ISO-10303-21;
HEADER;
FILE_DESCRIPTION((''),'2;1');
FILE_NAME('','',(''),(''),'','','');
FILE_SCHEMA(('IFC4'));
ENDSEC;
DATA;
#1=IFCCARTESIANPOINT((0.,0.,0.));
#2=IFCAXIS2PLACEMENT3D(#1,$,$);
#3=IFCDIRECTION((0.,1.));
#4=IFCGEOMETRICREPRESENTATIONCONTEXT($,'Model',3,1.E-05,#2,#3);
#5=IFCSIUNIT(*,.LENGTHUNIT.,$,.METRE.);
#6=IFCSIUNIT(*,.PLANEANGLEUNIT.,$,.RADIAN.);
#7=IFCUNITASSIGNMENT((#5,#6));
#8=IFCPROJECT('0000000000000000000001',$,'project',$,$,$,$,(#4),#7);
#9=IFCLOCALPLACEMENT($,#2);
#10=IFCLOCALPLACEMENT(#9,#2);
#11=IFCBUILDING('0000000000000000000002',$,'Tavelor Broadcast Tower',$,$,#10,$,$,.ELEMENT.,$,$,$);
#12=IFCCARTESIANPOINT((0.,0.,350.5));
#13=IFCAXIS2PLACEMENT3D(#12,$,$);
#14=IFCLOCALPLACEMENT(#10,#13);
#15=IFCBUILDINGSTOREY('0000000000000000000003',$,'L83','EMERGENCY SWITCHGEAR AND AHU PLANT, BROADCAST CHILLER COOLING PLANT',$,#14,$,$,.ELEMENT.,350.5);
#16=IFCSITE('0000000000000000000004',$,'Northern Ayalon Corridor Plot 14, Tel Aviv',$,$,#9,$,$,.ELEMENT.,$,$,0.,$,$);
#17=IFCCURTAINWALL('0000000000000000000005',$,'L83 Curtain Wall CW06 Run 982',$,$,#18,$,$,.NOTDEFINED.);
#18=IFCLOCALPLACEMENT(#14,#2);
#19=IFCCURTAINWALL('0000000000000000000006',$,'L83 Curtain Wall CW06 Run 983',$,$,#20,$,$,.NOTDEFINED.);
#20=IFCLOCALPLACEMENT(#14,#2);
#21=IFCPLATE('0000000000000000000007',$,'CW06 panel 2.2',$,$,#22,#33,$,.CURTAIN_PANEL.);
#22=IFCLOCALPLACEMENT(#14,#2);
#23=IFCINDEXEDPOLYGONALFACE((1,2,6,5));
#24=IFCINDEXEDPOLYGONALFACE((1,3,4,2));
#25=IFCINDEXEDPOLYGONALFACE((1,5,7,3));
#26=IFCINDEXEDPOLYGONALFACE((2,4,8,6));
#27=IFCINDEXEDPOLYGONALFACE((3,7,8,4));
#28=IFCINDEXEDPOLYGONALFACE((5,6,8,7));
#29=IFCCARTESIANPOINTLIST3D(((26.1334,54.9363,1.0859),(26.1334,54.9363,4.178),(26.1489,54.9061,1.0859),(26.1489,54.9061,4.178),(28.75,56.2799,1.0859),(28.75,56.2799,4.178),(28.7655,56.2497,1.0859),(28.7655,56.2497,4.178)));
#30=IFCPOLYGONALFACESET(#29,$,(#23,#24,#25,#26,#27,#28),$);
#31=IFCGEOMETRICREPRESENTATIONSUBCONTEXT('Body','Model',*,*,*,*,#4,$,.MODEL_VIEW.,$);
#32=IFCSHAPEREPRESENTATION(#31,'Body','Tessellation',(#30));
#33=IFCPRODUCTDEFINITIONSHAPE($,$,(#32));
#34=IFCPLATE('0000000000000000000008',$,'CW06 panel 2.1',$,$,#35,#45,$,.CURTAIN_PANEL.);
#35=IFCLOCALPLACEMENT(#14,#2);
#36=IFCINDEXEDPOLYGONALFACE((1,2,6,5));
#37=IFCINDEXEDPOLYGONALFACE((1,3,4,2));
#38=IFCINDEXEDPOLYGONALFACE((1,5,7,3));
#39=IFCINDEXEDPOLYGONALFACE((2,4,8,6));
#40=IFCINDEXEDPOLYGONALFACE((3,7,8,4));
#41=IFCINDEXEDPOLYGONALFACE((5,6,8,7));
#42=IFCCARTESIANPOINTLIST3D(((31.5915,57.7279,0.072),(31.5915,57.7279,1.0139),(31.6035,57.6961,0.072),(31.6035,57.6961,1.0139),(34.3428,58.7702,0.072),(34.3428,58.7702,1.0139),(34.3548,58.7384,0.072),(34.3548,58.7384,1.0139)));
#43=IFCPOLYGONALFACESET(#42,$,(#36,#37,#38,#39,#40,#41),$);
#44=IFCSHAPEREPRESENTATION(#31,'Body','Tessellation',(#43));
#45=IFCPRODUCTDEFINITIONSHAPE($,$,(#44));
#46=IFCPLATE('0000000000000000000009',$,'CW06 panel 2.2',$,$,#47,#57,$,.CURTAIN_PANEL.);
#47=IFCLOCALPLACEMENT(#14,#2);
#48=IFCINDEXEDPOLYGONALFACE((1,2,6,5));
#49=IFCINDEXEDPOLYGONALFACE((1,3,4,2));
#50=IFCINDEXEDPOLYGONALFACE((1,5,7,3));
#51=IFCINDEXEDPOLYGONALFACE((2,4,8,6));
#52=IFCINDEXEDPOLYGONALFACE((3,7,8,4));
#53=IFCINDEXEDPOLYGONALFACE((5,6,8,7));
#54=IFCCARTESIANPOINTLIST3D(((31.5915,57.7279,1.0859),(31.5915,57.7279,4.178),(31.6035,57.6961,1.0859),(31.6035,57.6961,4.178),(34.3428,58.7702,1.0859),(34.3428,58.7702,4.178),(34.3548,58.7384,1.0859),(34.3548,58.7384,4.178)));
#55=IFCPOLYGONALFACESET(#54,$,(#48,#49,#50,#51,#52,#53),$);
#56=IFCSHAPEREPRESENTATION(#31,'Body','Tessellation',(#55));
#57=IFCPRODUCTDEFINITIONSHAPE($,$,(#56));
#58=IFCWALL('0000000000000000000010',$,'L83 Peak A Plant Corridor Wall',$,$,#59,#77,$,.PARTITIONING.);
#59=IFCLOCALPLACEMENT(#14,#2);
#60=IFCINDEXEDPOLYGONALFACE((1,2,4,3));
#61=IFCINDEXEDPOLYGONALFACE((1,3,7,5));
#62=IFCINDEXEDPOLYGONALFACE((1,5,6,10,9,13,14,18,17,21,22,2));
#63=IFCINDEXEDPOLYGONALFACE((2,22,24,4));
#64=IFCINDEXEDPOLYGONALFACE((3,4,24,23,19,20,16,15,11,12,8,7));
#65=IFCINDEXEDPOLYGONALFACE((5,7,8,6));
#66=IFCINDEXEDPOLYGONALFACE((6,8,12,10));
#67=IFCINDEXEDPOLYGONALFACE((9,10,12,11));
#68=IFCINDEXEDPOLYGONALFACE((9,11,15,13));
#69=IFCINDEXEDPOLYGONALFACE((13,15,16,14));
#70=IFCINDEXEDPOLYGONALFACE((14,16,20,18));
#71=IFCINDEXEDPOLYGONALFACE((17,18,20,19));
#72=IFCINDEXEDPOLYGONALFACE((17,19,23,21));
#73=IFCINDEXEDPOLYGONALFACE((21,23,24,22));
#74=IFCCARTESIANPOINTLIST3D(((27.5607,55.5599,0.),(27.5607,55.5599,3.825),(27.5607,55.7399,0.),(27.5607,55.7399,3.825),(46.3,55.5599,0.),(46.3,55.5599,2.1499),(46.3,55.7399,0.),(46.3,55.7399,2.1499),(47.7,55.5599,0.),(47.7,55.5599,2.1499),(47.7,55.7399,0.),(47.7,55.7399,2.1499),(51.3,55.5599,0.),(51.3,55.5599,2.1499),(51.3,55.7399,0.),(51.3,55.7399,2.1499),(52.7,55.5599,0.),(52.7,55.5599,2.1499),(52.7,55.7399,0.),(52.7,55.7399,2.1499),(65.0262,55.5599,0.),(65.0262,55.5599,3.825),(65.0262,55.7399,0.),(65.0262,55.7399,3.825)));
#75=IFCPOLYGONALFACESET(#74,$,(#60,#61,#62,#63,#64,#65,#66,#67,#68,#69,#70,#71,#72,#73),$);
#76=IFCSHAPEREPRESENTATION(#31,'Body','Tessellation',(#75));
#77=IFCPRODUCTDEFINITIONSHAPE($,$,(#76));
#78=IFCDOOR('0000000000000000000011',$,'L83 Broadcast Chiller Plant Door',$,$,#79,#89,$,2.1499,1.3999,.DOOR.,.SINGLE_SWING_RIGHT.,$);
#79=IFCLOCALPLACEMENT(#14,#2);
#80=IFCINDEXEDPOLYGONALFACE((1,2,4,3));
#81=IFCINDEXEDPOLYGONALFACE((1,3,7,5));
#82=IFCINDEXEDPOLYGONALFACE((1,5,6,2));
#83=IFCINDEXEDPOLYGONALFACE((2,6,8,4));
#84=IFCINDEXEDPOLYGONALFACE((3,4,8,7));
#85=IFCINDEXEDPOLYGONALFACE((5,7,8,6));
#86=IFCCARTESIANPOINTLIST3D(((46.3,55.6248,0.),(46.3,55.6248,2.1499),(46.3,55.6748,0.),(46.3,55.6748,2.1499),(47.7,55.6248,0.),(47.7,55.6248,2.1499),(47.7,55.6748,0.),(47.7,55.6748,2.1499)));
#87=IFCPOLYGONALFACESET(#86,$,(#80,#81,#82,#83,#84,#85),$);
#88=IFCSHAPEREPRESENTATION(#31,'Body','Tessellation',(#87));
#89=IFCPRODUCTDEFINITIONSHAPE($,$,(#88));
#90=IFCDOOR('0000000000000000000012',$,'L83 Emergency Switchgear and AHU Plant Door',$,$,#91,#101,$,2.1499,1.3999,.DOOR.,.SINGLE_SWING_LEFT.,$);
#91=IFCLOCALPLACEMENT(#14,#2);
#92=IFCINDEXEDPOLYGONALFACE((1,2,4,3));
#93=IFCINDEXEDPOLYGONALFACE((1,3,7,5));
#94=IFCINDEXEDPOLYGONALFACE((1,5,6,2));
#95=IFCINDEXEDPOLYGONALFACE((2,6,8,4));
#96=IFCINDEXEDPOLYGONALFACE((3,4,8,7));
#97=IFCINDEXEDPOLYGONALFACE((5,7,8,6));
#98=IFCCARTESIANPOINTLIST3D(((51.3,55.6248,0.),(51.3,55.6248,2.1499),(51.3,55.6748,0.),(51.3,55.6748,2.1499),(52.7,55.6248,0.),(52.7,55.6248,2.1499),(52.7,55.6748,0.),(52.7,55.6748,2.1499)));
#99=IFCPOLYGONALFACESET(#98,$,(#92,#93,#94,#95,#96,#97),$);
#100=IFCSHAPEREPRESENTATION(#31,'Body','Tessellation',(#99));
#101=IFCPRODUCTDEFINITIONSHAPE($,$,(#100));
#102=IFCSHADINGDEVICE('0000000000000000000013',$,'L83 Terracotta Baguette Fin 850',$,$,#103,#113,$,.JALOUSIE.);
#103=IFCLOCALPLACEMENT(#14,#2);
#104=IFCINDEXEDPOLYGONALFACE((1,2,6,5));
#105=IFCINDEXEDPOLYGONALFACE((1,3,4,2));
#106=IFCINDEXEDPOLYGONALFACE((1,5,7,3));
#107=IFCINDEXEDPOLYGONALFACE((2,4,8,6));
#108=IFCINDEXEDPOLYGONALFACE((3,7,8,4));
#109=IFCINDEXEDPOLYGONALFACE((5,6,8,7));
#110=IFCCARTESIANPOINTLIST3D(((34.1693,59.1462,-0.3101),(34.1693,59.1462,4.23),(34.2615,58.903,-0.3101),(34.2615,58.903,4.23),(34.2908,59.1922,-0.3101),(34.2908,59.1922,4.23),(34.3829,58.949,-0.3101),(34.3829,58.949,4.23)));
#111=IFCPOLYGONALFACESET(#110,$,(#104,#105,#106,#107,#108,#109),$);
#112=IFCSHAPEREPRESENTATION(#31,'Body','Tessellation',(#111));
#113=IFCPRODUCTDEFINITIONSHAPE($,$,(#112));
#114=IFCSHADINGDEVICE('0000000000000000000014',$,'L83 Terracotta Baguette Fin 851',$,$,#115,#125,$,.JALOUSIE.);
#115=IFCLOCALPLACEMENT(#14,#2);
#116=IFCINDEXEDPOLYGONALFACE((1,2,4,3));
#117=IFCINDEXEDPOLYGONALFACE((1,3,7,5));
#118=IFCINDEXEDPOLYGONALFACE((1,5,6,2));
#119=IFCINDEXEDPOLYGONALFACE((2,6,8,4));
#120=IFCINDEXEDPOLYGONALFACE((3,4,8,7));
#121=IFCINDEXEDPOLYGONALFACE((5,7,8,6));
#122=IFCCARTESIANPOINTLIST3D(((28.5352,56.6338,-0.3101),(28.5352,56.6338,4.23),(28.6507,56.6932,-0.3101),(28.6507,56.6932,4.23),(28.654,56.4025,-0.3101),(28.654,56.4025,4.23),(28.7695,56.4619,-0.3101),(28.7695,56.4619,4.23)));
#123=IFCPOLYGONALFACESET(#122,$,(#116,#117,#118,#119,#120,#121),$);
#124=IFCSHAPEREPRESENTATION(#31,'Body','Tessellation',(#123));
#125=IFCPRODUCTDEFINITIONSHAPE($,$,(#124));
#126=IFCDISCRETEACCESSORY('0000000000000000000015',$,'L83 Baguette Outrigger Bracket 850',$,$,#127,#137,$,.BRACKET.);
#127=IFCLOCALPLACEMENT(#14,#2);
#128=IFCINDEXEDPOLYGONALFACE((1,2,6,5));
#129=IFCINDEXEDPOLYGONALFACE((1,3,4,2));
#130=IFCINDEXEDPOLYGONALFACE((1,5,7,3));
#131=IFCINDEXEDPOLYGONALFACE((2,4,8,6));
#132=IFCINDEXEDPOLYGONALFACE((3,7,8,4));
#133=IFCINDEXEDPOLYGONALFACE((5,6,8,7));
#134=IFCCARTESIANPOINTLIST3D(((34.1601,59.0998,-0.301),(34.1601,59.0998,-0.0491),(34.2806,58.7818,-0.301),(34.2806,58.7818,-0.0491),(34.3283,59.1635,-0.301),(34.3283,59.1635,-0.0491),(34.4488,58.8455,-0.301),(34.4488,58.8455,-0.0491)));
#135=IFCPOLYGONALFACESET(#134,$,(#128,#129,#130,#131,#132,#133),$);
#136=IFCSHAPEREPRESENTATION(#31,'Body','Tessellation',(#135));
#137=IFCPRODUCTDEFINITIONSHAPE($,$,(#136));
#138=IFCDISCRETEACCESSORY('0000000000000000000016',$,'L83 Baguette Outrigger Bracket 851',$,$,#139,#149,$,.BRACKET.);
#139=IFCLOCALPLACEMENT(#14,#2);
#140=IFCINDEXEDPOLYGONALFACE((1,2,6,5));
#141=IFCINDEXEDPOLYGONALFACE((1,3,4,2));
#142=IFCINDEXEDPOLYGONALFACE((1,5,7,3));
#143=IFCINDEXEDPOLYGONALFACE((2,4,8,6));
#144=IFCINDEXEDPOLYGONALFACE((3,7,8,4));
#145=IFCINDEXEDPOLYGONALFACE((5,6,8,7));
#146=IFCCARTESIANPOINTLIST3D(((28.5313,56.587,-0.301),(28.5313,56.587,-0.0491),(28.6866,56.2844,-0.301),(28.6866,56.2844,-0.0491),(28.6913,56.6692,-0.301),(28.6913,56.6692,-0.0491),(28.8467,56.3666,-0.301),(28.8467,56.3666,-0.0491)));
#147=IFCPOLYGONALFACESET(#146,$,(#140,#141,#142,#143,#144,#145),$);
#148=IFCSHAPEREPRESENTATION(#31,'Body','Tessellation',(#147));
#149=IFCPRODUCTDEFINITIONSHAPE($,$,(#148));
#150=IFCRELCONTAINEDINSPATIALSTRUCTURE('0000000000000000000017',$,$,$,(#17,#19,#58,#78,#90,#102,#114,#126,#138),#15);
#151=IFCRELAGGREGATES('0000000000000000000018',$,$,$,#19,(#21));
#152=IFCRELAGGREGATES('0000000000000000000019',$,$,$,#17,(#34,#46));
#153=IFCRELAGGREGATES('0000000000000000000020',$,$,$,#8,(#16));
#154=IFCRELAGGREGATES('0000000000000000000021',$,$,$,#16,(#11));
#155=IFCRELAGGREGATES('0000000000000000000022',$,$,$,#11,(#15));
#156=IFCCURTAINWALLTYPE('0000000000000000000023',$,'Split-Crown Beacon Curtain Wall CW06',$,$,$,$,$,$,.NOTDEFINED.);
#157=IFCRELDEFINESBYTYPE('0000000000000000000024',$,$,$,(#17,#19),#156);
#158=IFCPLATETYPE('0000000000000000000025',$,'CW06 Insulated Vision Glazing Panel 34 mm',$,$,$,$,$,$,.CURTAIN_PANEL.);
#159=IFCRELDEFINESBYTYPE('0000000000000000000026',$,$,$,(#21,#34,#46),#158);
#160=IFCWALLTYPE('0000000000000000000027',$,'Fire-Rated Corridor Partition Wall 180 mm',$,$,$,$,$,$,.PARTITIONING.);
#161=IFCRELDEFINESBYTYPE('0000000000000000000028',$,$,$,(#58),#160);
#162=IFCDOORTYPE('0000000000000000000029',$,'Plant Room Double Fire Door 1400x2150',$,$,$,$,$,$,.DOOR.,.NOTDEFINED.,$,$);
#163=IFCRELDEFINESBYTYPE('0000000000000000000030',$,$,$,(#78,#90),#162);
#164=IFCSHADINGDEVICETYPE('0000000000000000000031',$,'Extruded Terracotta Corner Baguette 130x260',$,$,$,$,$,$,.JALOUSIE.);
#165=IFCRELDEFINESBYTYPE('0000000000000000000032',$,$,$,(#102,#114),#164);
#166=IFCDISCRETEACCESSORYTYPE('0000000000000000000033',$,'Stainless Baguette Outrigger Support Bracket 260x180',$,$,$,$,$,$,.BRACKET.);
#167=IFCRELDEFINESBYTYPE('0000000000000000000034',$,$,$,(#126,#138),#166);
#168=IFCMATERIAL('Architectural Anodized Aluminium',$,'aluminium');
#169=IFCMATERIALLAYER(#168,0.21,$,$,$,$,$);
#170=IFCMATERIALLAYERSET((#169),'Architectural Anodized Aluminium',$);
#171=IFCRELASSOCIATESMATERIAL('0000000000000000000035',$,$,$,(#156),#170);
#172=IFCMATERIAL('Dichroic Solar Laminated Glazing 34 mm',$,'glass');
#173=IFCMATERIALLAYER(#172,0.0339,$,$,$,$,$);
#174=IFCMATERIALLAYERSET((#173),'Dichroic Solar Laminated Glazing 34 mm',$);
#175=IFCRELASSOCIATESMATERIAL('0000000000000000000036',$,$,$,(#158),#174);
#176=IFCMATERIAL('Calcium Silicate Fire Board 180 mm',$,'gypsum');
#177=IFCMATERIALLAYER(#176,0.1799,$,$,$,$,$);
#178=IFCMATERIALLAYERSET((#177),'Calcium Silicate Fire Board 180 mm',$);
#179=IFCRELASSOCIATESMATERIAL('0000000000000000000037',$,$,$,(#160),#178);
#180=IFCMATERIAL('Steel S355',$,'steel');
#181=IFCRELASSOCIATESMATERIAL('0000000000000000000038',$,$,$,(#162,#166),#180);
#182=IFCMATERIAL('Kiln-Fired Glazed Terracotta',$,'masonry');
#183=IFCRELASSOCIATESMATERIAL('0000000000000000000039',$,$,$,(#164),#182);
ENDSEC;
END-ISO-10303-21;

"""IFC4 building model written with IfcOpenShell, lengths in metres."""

from ifc_helpers import new_model, si_unit, direction, frame, frame_2d, origin, origin_2d, place, context, subcontext, project, spatial, rectangle, extrude, source, transform, mapped, material, layer, layer_set, type_object, type_shapes, element, fill, aggregate, save


model = new_model("IFC4")

# Units and contexts
model_context = context("Model", 3, precision=1e-05, world=origin(), true_north=direction((0.0, 1.0)))
body_context = subcontext(model_context, "Body", "Model", "MODEL_VIEW")
ifc_project = project(units=[si_unit("LENGTHUNIT", "METRE"), si_unit("PLANEANGLEUNIT", "RADIAN")], contexts=[model_context])

# Site, building, storey
site_placement = place(None, origin())
site = spatial("IfcSite", under=ifc_project, at=site_placement, Name="Northern Ayalon Corridor Plot 14, Tel Aviv", CompositionType="ELEMENT", RefElevation=0.0)
building_placement = place(site_placement, origin())
building = spatial("IfcBuilding", under=site, at=building_placement, Name="Tavelor Broadcast Tower", CompositionType="ELEMENT")
storey_placement = place(building_placement, frame((0.0, 0.0, 350.5)))
storey = spatial("IfcBuildingStorey", under=building, at=storey_placement, Name="L83", Description="EMERGENCY SWITCHGEAR AND AHU PLANT, BROADCAST CHILLER COOLING PLANT", CompositionType="ELEMENT", Elevation=350.5)

# Curtain wall
ifc_material_1 = material(Name="Architectural Anodized Aluminium", Category="aluminium")
ifc_layer_1 = layer(ifc_material_1, 0.21)
ifc_layer_set_1 = layer_set([ifc_layer_1], Name="Architectural Anodized Aluminium")
curtain_wall_type = type_object("IfcCurtainWallType", Name="Split-Crown Beacon Curtain Wall CW06", PredefinedType="NOTDEFINED", material=ifc_layer_set_1)
curtain_wall_1_placement = place(storey_placement, origin())
curtain_wall_1 = element("IfcCurtainWall", 1, at=curtain_wall_1_placement, inside=storey, type_object=curtain_wall_type, Name="L83 Curtain Wall CW06 Run 982", PredefinedType="NOTDEFINED")

# Curtain wall, plate
curtain_wall_2_placement = place(storey_placement, origin())
curtain_wall_2 = element("IfcCurtainWall", 2, at=curtain_wall_2_placement, inside=storey, type_object=curtain_wall_type, Name="L83 Curtain Wall CW06 Run 983", PredefinedType="NOTDEFINED")
ifc_material_2 = material(Name="Dichroic Solar Laminated Glazing 34 mm", Category="glass")
ifc_layer_2 = layer(ifc_material_2, 0.0339)
ifc_layer_set_2 = layer_set([ifc_layer_2], Name="Dichroic Solar Laminated Glazing 34 mm")
plate_type = type_object("IfcPlateType", Name="CW06 Insulated Vision Glazing Panel 34 mm", PredefinedType="CURTAIN_PANEL", material=ifc_layer_set_2)
shared_shape_1 = source(origin(), body_context, "Body", "SweptSolid", [
    extrude(rectangle(XDim=2.9414, YDim=0.0339, at=origin_2d()), origin(), (0.0, 0.0, 1.0), 3.092),
])
plate_1_placement = place(storey_placement, frame((27.4495, 55.593, 1.0859), z_axis=(0.0, 0.0, 1.0), x_axis=(-0.889582, -0.456776, 0.0)))
plate_1 = element("IfcPlate", 3, at=plate_1_placement, type_object=plate_type, Name="CW06 panel 2.2", PredefinedType="CURTAIN_PANEL", context=body_context, shape_type="MappedRepresentation", body=[
    mapped(shared_shape_1, transform((0.0, 0.0, 0.0), scale=1.0)),
])
aggregate(curtain_wall_2, [plate_1])

# Plates
shared_shape_2 = source(origin(), body_context, "Body", "SweptSolid", [
    extrude(rectangle(XDim=2.9421, YDim=0.0339, at=origin_2d()), origin(), (0.0, 0.0, 1.0), 0.9419),
])
plate_2_placement = place(storey_placement, frame((32.9731, 58.2332, 0.072), z_axis=(0.0, 0.0, 1.0), x_axis=(-0.935145, -0.354265, 0.0)))
plate_2 = element("IfcPlate", 4, at=plate_2_placement, type_object=plate_type, Name="CW06 panel 2.1", PredefinedType="CURTAIN_PANEL", context=body_context, shape_type="MappedRepresentation", body=[
    mapped(shared_shape_2, transform((0.0, 0.0, 0.0), scale=1.0)),
])
shared_shape_3 = source(origin(), body_context, "Body", "SweptSolid", [
    extrude(rectangle(XDim=2.9421, YDim=0.0339, at=origin_2d()), origin(), (0.0, 0.0, 1.0), 3.092),
])
plate_3_placement = place(storey_placement, frame((32.9731, 58.2332, 1.0859), z_axis=(0.0, 0.0, 1.0), x_axis=(-0.935145, -0.354265, 0.0)))
plate_3 = element("IfcPlate", 5, at=plate_3_placement, type_object=plate_type, Name="CW06 panel 2.2", PredefinedType="CURTAIN_PANEL", context=body_context, shape_type="MappedRepresentation", body=[
    mapped(shared_shape_3, transform((0.0, 0.0, 0.0), scale=1.0)),
])
aggregate(curtain_wall_1, [plate_2, plate_3])

# Wall, openings, doors
ifc_material_3 = material(Name="Calcium Silicate Fire Board 180 mm", Category="gypsum")
ifc_layer_3 = layer(ifc_material_3, 0.1799)
ifc_layer_set_3 = layer_set([ifc_layer_3], Name="Calcium Silicate Fire Board 180 mm")
wall_type = type_object("IfcWallType", Name="Fire-Rated Corridor Partition Wall 180 mm", PredefinedType="PARTITIONING", material=ifc_layer_set_3)
wall_placement = place(storey_placement, frame((27.5605, 55.6499, 0.0), z_axis=(0.0, 0.0, 1.0), x_axis=(1.0, 0.0, 0.0)))
wall = element("IfcWall", 6, at=wall_placement, inside=storey, type_object=wall_type, Name="L83 Peak A Plant Corridor Wall", PredefinedType="PARTITIONING", context=body_context, shape_type="SweptSolid", body=[
    extrude(rectangle(XDim=37.4656, YDim=0.1799, at=frame_2d((18.7329, 0.0))), origin(), (0.0, 0.0, 1.0), 3.825),
])
opening_1_placement = place(wall_placement, frame((18.7395, 0.0, 0.0)))
opening_1 = element("IfcOpeningElement", 7, at=opening_1_placement, cuts=wall, PredefinedType="OPENING", context=body_context, shape_type="SweptSolid", body=[
    extrude(rectangle(XDim=1.3999, YDim=2.1499, at=frame_2d((0.7, 1.075))), frame((0.0, 0.1001, 0.0), z_axis=(0.0, -1.0, 0.0), x_axis=(1.0, 0.0, 0.0)), (0.0, 0.0, 1.0), 0.2),
])
opening_2_placement = place(wall_placement, frame((23.7395, 0.0, 0.0)))
opening_2 = element("IfcOpeningElement", 8, at=opening_2_placement, cuts=wall, PredefinedType="OPENING", context=body_context, shape_type="SweptSolid", body=[
    extrude(rectangle(XDim=1.3999, YDim=2.1499, at=frame_2d((0.7, 1.075))), frame((0.0, 0.1001, 0.0), z_axis=(0.0, -1.0, 0.0), x_axis=(1.0, 0.0, 0.0)), (0.0, 0.0, 1.0), 0.2),
])
ifc_material_4 = material(Name="Steel S355", Category="steel")
door_type = type_object("IfcDoorType", Name="Plant Room Double Fire Door 1400x2150", OperationType="NOTDEFINED", PredefinedType="DOOR", material=ifc_material_4)
door_1_placement = place(opening_1_placement, origin())
door_1 = element("IfcDoor", 9, at=door_1_placement, inside=storey, type_object=door_type, Name="L83 Broadcast Chiller Plant Door", OperationType="SINGLE_SWING_RIGHT", OverallHeight=2.1499, OverallWidth=1.3999, PredefinedType="DOOR", context=body_context, shape_type="SweptSolid", body=[
    extrude(rectangle(XDim=1.3999, YDim=2.1499, at=frame_2d((0.7, 1.075))), frame((0.0, 0.0249, 0.0), z_axis=(0.0, -1.0, 0.0), x_axis=(1.0, 0.0, 0.0)), (0.0, 0.0, 1.0), 0.05),
])
fill(opening_1, door_1)
door_2_placement = place(opening_2_placement, origin())
door_2 = element("IfcDoor", 10, at=door_2_placement, inside=storey, type_object=door_type, Name="L83 Emergency Switchgear and AHU Plant Door", OperationType="SINGLE_SWING_LEFT", OverallHeight=2.1499, OverallWidth=1.3999, PredefinedType="DOOR", context=body_context, shape_type="SweptSolid", body=[
    extrude(rectangle(XDim=1.3999, YDim=2.1499, at=frame_2d((0.7, 1.075))), frame((0.0, 0.0249, 0.0), z_axis=(0.0, -1.0, 0.0), x_axis=(1.0, 0.0, 0.0)), (0.0, 0.0, 1.0), 0.05),
])
fill(opening_2, door_2)

# Shading devices
ifc_material_5 = material(Name="Kiln-Fired Glazed Terracotta", Category="masonry")
shading_device_type = type_object("IfcShadingDeviceType", Name="Extruded Terracotta Corner Baguette 130x260", PredefinedType="JALOUSIE", material=ifc_material_5)
shared_shape_4 = source(origin(), body_context, "Body", "SweptSolid", [
    extrude(rectangle(XDim=0.1299, YDim=0.26, at=origin_2d()), origin(), (0.0, 0.0, 1.0), 4.54),
])
type_shapes(shading_device_type, [shared_shape_4])
for number, where, z_axis, x_axis, name in (
    (11, (34.2761, 59.0476, -0.3101), (0.0, 0.0, 1.0), (-0.935135, -0.354291, 0.0), "L83 Terracotta Baguette Fin 850"),
    (12, (28.6523, 56.5479, -0.3101), (0.0, 0.0, 1.0), (-0.889576, -0.456787, 0.0), "L83 Terracotta Baguette Fin 851"),
):
    element("IfcShadingDevice", number, at=place(storey_placement, frame(where, z_axis=z_axis, x_axis=x_axis)), inside=storey, type_object=shading_device_type, Name=name, PredefinedType="JALOUSIE", context=body_context, shape_type="MappedRepresentation", body=[
        mapped(shared_shape_4, transform((0.0, 0.0, 0.0), scale=1.0)),
    ])

# Discrete accessories
discrete_accessory_type = type_object("IfcDiscreteAccessoryType", Name="Stainless Baguette Outrigger Support Bracket 260x180", PredefinedType="BRACKET", material=ifc_material_4)
shared_shape_5 = source(origin(), body_context, "Body", "SweptSolid", [
    extrude(rectangle(XDim=0.1799, YDim=0.3401, at=origin_2d()), origin(), (0.0, 0.0, 1.0), 0.252),
])
type_shapes(discrete_accessory_type, [shared_shape_5])
for number, where, z_axis, x_axis, name in (
    (13, (34.3044, 58.9727, -0.301), (0.0, 0.0, 1.0), (-0.935135, -0.354291, 0.0), "L83 Baguette Outrigger Bracket 850"),
    (14, (28.689, 56.4768, -0.301), (0.0, 0.0, 1.0), (-0.889576, -0.456787, 0.0), "L83 Baguette Outrigger Bracket 851"),
):
    element("IfcDiscreteAccessory", number, at=place(storey_placement, frame(where, z_axis=z_axis, x_axis=x_axis)), inside=storey, type_object=discrete_accessory_type, Name=name, PredefinedType="BRACKET", context=body_context, shape_type="MappedRepresentation", body=[
        mapped(shared_shape_5, transform((0.0, 0.0, 0.0), scale=1.0)),
    ])

save(model, "model.ifc")
